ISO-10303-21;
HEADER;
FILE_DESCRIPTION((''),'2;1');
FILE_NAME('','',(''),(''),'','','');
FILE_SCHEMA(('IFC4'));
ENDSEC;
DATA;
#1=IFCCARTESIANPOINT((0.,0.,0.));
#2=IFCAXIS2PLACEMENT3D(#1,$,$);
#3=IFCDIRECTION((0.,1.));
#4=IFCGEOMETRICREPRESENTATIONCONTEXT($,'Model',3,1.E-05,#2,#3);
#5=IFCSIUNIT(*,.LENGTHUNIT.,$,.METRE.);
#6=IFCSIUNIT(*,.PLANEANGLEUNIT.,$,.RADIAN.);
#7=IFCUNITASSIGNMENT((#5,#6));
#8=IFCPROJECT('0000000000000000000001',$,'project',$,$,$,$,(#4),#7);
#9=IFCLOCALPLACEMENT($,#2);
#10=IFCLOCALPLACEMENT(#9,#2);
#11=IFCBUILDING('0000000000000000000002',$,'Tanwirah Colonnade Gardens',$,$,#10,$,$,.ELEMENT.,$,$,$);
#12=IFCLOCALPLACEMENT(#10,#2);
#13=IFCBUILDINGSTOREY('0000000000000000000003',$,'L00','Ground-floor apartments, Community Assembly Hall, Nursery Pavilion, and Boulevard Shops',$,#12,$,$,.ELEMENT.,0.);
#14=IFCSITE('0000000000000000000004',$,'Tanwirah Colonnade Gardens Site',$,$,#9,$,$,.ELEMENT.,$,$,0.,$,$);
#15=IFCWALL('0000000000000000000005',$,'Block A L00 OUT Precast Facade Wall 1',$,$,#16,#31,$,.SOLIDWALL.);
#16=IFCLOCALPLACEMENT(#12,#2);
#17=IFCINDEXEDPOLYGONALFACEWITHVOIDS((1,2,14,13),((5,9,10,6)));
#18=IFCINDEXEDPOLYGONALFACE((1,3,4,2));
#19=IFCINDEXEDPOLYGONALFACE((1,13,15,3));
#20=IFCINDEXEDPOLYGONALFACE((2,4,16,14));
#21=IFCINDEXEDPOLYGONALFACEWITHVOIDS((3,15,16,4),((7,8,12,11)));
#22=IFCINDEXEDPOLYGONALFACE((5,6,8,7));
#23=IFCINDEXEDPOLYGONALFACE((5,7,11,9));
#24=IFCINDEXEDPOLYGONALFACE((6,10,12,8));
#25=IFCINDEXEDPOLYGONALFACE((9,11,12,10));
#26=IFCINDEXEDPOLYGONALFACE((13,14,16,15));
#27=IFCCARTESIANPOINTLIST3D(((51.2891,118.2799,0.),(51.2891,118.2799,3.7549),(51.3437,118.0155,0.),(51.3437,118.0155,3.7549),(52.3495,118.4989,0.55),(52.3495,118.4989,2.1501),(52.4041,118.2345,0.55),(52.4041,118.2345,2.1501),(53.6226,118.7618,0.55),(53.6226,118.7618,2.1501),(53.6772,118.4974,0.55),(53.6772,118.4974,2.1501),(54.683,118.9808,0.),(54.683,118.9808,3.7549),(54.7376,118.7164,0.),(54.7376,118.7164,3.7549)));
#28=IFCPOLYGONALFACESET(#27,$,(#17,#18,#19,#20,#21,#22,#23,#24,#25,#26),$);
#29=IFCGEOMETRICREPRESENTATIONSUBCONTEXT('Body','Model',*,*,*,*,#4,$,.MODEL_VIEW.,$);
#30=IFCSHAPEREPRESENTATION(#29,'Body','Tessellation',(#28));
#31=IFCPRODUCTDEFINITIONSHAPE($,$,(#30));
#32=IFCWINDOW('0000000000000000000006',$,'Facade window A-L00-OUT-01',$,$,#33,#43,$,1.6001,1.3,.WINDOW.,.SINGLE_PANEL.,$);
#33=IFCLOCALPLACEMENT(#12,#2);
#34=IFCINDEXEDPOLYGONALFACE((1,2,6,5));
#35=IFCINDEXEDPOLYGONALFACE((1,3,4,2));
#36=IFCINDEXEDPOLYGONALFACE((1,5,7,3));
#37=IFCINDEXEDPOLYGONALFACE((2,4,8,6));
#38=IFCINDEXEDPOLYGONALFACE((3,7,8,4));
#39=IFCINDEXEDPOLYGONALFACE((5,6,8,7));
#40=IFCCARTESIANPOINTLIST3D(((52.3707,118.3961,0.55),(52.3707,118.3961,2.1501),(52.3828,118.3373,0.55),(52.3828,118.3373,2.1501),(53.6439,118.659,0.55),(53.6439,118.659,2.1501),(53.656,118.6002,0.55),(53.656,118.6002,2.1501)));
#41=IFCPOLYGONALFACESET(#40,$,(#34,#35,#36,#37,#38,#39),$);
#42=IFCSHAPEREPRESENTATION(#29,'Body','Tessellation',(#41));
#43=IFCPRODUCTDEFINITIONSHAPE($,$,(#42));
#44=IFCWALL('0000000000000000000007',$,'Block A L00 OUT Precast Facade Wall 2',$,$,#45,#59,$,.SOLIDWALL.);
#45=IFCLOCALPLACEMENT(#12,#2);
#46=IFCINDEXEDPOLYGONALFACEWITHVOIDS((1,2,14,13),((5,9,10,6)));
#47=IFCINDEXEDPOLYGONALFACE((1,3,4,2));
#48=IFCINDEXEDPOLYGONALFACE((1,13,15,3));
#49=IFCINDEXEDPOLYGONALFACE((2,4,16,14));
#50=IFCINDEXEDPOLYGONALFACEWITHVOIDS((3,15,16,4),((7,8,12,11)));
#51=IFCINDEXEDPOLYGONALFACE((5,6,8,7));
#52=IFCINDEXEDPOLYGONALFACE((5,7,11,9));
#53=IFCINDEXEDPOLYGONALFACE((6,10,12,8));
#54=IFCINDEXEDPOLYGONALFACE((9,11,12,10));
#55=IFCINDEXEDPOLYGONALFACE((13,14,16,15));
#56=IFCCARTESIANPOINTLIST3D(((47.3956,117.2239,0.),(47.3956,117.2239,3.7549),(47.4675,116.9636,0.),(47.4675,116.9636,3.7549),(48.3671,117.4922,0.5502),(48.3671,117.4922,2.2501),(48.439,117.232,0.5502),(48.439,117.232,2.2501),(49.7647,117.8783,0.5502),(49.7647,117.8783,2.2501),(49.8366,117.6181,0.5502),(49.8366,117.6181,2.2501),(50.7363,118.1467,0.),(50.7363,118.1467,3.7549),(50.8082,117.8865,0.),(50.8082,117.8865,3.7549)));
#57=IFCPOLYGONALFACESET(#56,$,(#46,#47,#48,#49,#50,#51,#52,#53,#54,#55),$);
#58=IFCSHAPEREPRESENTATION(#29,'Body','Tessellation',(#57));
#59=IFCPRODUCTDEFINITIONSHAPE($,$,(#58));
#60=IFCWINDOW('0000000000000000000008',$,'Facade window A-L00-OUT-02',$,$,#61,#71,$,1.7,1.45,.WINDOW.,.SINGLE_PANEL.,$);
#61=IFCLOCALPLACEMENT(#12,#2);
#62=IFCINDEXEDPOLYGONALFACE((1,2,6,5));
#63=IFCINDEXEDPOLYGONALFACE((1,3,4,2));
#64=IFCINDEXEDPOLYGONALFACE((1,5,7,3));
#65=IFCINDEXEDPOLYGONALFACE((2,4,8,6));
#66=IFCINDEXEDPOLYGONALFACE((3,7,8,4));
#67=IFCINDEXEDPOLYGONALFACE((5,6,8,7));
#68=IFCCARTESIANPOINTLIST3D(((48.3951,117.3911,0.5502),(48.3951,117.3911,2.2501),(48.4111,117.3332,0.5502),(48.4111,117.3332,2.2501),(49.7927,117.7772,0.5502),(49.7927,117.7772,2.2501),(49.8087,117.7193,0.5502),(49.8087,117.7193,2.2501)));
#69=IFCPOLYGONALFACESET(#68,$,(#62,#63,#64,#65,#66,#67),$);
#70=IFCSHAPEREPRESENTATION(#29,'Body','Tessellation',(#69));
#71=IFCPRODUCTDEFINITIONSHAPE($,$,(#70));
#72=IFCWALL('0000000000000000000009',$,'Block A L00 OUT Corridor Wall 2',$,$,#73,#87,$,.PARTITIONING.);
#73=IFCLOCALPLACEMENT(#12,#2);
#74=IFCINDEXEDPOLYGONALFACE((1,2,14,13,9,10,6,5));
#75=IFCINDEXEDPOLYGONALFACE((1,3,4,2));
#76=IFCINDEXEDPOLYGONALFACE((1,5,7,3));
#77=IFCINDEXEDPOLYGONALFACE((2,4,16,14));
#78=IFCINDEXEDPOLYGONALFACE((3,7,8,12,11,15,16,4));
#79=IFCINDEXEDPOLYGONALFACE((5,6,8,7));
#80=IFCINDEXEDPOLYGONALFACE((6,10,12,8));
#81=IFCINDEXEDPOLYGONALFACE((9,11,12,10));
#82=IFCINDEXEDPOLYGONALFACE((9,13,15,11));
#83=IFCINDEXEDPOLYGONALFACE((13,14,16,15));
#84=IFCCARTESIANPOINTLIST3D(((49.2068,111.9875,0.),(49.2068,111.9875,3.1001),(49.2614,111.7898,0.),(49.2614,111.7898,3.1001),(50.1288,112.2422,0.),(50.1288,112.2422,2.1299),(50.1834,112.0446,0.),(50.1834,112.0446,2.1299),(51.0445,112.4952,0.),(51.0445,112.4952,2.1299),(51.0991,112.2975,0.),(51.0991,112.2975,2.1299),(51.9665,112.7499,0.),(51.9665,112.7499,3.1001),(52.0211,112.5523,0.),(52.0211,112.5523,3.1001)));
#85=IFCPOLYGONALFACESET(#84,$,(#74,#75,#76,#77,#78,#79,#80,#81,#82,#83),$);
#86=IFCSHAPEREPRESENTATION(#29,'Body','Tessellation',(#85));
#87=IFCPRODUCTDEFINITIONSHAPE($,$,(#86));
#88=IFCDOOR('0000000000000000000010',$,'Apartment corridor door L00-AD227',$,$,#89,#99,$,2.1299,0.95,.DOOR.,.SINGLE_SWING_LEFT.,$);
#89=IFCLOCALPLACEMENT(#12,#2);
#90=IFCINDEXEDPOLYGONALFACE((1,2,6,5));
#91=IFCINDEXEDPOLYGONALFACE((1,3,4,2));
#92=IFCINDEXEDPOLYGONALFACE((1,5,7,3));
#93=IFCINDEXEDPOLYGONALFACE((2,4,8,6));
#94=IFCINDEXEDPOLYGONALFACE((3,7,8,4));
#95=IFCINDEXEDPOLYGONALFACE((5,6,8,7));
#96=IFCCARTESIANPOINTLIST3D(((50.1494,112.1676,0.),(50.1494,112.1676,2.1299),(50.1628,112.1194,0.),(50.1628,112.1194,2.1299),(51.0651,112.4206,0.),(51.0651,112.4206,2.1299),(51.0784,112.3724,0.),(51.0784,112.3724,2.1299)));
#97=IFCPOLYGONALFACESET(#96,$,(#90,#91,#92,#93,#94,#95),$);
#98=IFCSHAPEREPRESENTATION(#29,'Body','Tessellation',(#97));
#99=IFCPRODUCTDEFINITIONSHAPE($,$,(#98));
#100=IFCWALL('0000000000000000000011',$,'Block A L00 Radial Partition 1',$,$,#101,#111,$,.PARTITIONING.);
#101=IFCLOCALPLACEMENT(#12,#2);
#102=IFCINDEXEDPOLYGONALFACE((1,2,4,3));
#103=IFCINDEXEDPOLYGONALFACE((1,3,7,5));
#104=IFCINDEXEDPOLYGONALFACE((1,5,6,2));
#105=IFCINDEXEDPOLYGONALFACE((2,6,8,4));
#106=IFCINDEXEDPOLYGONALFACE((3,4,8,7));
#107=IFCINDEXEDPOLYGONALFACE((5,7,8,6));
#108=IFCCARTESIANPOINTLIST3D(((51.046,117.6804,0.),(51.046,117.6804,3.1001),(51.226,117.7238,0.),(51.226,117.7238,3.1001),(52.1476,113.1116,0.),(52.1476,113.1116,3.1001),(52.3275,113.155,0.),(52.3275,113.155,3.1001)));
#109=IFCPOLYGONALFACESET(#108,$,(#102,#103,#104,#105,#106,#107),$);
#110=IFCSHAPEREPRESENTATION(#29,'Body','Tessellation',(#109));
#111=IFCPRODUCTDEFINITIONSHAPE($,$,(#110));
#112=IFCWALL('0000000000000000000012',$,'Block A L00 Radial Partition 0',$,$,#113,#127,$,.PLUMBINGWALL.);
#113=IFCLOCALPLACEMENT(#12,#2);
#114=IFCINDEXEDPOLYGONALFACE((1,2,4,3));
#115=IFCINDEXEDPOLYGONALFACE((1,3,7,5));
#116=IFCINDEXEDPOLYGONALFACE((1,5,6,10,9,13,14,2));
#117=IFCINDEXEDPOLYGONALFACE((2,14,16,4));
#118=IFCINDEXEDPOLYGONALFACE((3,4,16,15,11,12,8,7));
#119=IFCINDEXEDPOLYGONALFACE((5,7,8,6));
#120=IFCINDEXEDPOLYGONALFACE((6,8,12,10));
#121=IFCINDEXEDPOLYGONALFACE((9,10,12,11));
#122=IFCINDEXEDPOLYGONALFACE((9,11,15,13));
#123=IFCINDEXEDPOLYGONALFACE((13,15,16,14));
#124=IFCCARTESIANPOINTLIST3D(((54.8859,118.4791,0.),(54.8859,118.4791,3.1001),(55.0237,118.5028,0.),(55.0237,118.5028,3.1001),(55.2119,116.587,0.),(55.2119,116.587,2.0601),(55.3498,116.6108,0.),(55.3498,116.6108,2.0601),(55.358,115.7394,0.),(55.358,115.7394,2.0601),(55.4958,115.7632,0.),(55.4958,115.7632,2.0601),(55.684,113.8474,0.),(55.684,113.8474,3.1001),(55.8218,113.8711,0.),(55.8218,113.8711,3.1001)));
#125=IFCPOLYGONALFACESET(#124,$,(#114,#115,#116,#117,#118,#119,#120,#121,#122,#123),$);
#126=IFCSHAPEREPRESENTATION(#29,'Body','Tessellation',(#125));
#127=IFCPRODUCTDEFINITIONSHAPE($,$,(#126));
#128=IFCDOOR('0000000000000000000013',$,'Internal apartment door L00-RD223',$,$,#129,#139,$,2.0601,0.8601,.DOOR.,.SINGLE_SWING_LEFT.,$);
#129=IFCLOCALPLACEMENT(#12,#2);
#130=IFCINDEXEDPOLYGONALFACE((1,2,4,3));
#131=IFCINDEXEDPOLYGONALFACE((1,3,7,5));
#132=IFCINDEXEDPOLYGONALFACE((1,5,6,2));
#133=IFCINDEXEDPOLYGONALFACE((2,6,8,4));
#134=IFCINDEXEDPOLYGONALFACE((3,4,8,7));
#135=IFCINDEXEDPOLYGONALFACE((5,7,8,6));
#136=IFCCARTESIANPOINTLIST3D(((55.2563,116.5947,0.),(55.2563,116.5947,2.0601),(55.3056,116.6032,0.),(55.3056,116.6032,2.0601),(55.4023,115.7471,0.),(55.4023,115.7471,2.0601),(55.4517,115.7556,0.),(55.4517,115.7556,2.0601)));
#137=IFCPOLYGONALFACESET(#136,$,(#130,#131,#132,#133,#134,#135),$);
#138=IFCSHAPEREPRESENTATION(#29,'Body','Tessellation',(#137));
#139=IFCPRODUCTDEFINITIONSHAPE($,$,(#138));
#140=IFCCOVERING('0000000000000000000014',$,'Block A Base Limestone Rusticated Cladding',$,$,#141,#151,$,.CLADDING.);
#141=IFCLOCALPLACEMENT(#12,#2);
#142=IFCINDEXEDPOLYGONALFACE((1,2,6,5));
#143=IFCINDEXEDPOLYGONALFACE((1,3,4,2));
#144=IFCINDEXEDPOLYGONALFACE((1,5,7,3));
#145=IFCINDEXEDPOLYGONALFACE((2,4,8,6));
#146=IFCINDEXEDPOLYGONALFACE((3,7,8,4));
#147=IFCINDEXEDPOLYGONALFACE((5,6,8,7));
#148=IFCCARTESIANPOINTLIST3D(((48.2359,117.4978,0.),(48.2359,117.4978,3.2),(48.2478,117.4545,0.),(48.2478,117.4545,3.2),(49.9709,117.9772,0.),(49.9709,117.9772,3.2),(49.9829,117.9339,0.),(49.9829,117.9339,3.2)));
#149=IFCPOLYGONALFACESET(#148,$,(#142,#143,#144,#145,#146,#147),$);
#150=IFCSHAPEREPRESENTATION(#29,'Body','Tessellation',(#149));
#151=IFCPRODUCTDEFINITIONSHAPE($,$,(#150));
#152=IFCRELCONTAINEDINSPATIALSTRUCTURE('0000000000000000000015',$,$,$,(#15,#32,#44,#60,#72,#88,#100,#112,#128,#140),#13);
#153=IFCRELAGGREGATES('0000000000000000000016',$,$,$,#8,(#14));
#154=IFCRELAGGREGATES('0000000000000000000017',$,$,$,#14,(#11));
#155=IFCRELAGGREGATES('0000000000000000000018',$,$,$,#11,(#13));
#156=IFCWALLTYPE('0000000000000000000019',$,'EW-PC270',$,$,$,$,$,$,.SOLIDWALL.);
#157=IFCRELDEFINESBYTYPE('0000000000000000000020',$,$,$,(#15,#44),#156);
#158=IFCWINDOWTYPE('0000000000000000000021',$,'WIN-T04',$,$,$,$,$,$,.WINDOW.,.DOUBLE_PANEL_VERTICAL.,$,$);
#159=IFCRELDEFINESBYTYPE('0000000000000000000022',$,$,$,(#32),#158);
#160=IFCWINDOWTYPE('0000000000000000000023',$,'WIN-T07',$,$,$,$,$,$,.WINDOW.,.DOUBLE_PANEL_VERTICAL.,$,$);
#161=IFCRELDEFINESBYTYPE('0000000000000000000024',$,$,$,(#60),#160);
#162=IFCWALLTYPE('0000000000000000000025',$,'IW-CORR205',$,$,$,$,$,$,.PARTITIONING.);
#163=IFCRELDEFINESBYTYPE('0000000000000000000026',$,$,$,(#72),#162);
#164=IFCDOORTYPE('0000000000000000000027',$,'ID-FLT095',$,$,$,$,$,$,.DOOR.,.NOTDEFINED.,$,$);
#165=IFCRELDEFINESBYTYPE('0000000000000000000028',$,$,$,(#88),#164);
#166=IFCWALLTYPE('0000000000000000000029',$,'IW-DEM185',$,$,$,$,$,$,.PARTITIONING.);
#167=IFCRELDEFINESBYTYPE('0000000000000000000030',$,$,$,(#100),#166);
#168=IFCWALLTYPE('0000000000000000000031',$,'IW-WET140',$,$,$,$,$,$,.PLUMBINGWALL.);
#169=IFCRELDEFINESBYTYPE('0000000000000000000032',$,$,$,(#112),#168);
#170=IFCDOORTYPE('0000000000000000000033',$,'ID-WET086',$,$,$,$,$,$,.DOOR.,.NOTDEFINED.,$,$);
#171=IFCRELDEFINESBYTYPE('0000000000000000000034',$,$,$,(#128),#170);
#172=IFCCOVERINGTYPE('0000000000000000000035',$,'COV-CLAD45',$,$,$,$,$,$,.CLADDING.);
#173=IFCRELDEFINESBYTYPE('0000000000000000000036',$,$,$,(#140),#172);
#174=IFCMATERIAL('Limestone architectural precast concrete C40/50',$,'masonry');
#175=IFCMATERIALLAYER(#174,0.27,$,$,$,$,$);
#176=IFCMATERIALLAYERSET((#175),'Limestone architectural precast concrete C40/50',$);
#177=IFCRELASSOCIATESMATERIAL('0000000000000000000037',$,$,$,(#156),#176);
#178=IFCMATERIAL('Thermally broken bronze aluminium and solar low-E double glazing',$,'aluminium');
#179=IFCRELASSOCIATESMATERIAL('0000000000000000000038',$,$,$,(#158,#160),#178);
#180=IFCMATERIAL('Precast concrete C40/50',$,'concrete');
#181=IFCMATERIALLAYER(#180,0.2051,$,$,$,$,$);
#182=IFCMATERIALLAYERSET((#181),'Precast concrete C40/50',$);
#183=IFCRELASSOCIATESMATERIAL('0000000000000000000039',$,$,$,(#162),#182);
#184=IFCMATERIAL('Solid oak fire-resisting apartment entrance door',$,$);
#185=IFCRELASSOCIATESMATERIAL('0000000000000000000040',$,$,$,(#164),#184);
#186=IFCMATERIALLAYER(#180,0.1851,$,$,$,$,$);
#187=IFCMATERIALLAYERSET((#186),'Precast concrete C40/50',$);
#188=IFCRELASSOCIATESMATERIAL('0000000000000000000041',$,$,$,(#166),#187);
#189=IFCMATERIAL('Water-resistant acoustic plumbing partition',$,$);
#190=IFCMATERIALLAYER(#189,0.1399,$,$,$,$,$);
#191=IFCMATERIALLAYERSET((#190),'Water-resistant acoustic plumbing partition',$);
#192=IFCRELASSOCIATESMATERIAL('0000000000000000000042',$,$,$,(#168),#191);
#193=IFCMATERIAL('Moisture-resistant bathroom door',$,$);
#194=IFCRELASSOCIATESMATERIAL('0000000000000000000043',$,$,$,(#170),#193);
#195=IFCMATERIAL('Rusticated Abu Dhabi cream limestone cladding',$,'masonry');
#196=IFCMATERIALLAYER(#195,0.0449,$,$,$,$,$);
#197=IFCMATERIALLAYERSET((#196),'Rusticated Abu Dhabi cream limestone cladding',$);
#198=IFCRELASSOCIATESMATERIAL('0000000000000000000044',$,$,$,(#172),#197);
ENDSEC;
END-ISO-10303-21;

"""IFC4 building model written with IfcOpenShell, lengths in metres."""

from ifc_helpers import new_model, si_unit, direction, frame, frame_2d, origin, origin_2d, place, context, subcontext, project, spatial, rectangle, extrude, material, layer, layer_set, type_object, element, fill, save


model = new_model("IFC4")

# Units and contexts
model_context = context("Model", 3, precision=1e-05, world=origin(), true_north=direction((0.0, 1.0)))
body_context = subcontext(model_context, "Body", "Model", "MODEL_VIEW")
ifc_project = project(units=[si_unit("LENGTHUNIT", "METRE"), si_unit("PLANEANGLEUNIT", "RADIAN")], contexts=[model_context])

# Site, building, storey
site_placement = place(None, origin())
site = spatial("IfcSite", under=ifc_project, at=site_placement, Name="Tanwirah Colonnade Gardens Site", CompositionType="ELEMENT", RefElevation=0.0)
building_placement = place(site_placement, origin())
building = spatial("IfcBuilding", under=site, at=building_placement, Name="Tanwirah Colonnade Gardens", CompositionType="ELEMENT")
storey_placement = place(building_placement, origin())
storey = spatial("IfcBuildingStorey", under=building, at=storey_placement, Name="L00", Description="Ground-floor apartments, Community Assembly Hall, Nursery Pavilion, and Boulevard Shops", CompositionType="ELEMENT", Elevation=0.0)

# Shared definitions
ifc_material_1 = material(Name="Precast concrete C40/50", Category="concrete")

# Walls, openings, windows
ifc_material_2 = material(Name="Limestone architectural precast concrete C40/50", Category="masonry")
ifc_layer_1 = layer(ifc_material_2, 0.27)
ifc_layer_set_1 = layer_set([ifc_layer_1], Name="Limestone architectural precast concrete C40/50")
wall_type_1 = type_object("IfcWallType", Name="EW-PC270", PredefinedType="SOLIDWALL", material=ifc_layer_set_1)
wall_1_placement = place(storey_placement, frame((54.7104, 118.8486, 0.0), z_axis=(0.0, 0.0, 1.0), x_axis=(-0.979334, -0.202249, 0.0)))
wall_1 = element("IfcWall", 1, at=wall_1_placement, inside=storey, type_object=wall_type_1, Name="Block A L00 OUT Precast Facade Wall 1", PredefinedType="SOLIDWALL", context=body_context, shape_type="SweptSolid", body=[
    extrude(rectangle(XDim=3.4656, YDim=0.27, at=frame_2d((1.7329, 0.0))), origin(), (0.0, 0.0, 1.0), 3.7549),
])
opening_1_placement = place(wall_1_placement, frame((1.083, 0.0, 0.55)))
opening_1 = element("IfcOpeningElement", 2, at=opening_1_placement, cuts=wall_1, PredefinedType="OPENING", context=body_context, shape_type="SweptSolid", body=[
    extrude(rectangle(XDim=1.3, YDim=1.6001, at=frame_2d((0.6499, 0.8))), frame((0.0, 0.145, 0.0), z_axis=(0.0, -1.0, 0.0), x_axis=(1.0, 0.0, 0.0)), (0.0, 0.0, 1.0), 0.29),
])
ifc_material_3 = material(Name="Thermally broken bronze aluminium and solar low-E double glazing", Category="aluminium")
window_type_1 = type_object("IfcWindowType", Name="WIN-T04", PartitioningType="DOUBLE_PANEL_VERTICAL", PredefinedType="WINDOW", material=ifc_material_3)
window_1_placement = place(opening_1_placement, origin())
window_1 = element("IfcWindow", 3, at=window_1_placement, inside=storey, type_object=window_type_1, Name="Facade window A-L00-OUT-01", OverallHeight=1.6001, OverallWidth=1.3, PartitioningType="SINGLE_PANEL", PredefinedType="WINDOW", context=body_context, shape_type="SweptSolid", body=[
    extrude(rectangle(XDim=1.3, YDim=1.6001, at=frame_2d((0.6499, 0.8))), frame((0.0, 0.03, 0.0), z_axis=(0.0, -1.0, 0.0), x_axis=(1.0, 0.0, 0.0)), (0.0, 0.0, 1.0), 0.0601),
])
fill(opening_1, window_1)
wall_2_placement = place(storey_placement, frame((50.7722, 118.0166, 0.0), z_axis=(0.0, 0.0, 1.0), x_axis=(-0.963895, -0.266281, 0.0)))
wall_2 = element("IfcWall", 4, at=wall_2_placement, inside=storey, type_object=wall_type_1, Name="Block A L00 OUT Precast Facade Wall 2", PredefinedType="SOLIDWALL", context=body_context, shape_type="SweptSolid", body=[
    extrude(rectangle(XDim=3.4658, YDim=0.27, at=frame_2d((1.7329, 0.0))), origin(), (0.0, 0.0, 1.0), 3.7549),
])
opening_2_placement = place(wall_2_placement, frame((1.0078, 0.0, 0.55)))
opening_2 = element("IfcOpeningElement", 5, at=opening_2_placement, cuts=wall_2, PredefinedType="OPENING", context=body_context, shape_type="SweptSolid", body=[
    extrude(rectangle(XDim=1.45, YDim=1.7, at=frame_2d((0.7251, 0.8501))), frame((0.0, 0.145, 0.0), z_axis=(0.0, -1.0, 0.0), x_axis=(1.0, 0.0, 0.0)), (0.0, 0.0, 1.0), 0.29),
])
window_type_2 = type_object("IfcWindowType", Name="WIN-T07", PartitioningType="DOUBLE_PANEL_VERTICAL", PredefinedType="WINDOW", material=ifc_material_3)
window_2_placement = place(opening_2_placement, origin())
window_2 = element("IfcWindow", 6, at=window_2_placement, inside=storey, type_object=window_type_2, Name="Facade window A-L00-OUT-02", OverallHeight=1.7, OverallWidth=1.45, PartitioningType="SINGLE_PANEL", PredefinedType="WINDOW", context=body_context, shape_type="SweptSolid", body=[
    extrude(rectangle(XDim=1.45, YDim=1.7, at=frame_2d((0.7251, 0.8501))), frame((0.0, 0.03, 0.0), z_axis=(0.0, -1.0, 0.0), x_axis=(1.0, 0.0, 0.0)), (0.0, 0.0, 1.0), 0.0601),
])
fill(opening_2, window_2)

# Wall, opening, door
ifc_layer_2 = layer(ifc_material_1, 0.2051)
ifc_layer_set_2 = layer_set([ifc_layer_2], Name="Precast concrete C40/50")
wall_type_2 = type_object("IfcWallType", Name="IW-CORR205", PredefinedType="PARTITIONING", material=ifc_layer_set_2)
ifc_material_4 = material(Name="Solid oak fire-resisting apartment entrance door")
wall_3_placement = place(storey_placement, frame((51.9939, 112.6511, 0.0), z_axis=(0.0, 0.0, 1.0), x_axis=(-0.963891, -0.266298, 0.0)))
wall_3 = element("IfcWall", 7, at=wall_3_placement, inside=storey, type_object=wall_type_2, Name="Block A L00 OUT Corridor Wall 2", PredefinedType="PARTITIONING", context=body_context, shape_type="SweptSolid", body=[
    extrude(rectangle(XDim=2.863, YDim=0.2051, at=frame_2d((1.4316, 0.0))), origin(), (0.0, 0.0, 1.0), 3.1001),
])
opening_3_placement = place(wall_3_placement, frame((0.9565, 0.0, 0.0)))
opening_3 = element("IfcOpeningElement", 8, at=opening_3_placement, cuts=wall_3, PredefinedType="OPENING", context=body_context, shape_type="SweptSolid", body=[
    extrude(rectangle(XDim=0.95, YDim=2.1299, at=frame_2d((0.4751, 1.0649))), frame((0.0, 0.1125, 0.0), z_axis=(0.0, -1.0, 0.0), x_axis=(1.0, 0.0, 0.0)), (0.0, 0.0, 1.0), 0.2251),
])
door_type_1 = type_object("IfcDoorType", Name="ID-FLT095", OperationType="NOTDEFINED", PredefinedType="DOOR", material=ifc_material_4)
door_1_placement = place(opening_3_placement, origin())
door_1 = element("IfcDoor", 9, at=door_1_placement, inside=storey, type_object=door_type_1, Name="Apartment corridor door L00-AD227", OperationType="SINGLE_SWING_LEFT", OverallHeight=2.1299, OverallWidth=0.95, PredefinedType="DOOR", context=body_context, shape_type="SweptSolid", body=[
    extrude(rectangle(XDim=0.95, YDim=2.1299, at=frame_2d((0.4751, 1.0649))), frame((0.0, 0.0249, 0.0), z_axis=(0.0, -1.0, 0.0), x_axis=(1.0, 0.0, 0.0)), (0.0, 0.0, 1.0), 0.05),
])
fill(opening_3, door_1)

# Wall
ifc_layer_3 = layer(ifc_material_1, 0.1851)
ifc_layer_set_3 = layer_set([ifc_layer_3], Name="Precast concrete C40/50")
wall_type_3 = type_object("IfcWallType", Name="IW-DEM185", PredefinedType="PARTITIONING", material=ifc_layer_set_3)
wall_4_placement = place(storey_placement, frame((52.2375, 113.1333, 0.0), z_axis=(0.0, 0.0, 1.0), x_axis=(-0.234387, 0.972143, 0.0)))
element("IfcWall", 10, at=wall_4_placement, inside=storey, type_object=wall_type_3, Name="Block A L00 Radial Partition 1", PredefinedType="PARTITIONING", context=body_context, shape_type="SweptSolid", body=[
    extrude(rectangle(XDim=4.6997, YDim=0.1851, at=frame_2d((2.3499, 0.0))), origin(), (0.0, 0.0, 1.0), 3.1001),
])

# Wall, opening, door
ifc_material_5 = material(Name="Water-resistant acoustic plumbing partition")
ifc_layer_4 = layer(ifc_material_5, 0.1399)
ifc_layer_set_4 = layer_set([ifc_layer_4], Name="Water-resistant acoustic plumbing partition")
wall_type_4 = type_object("IfcWallType", Name="IW-WET140", PredefinedType="PLUMBINGWALL", material=ifc_layer_set_4)
wall_5_placement = place(storey_placement, frame((55.7529, 113.8591, 0.0), z_axis=(0.0, 0.0, 1.0), x_axis=(-0.169813, 0.985476, 0.0)))
wall_5 = element("IfcWall", 11, at=wall_5_placement, inside=storey, type_object=wall_type_4, Name="Block A L00 Radial Partition 0", PredefinedType="PLUMBINGWALL", context=body_context, shape_type="SweptSolid", body=[
    extrude(rectangle(XDim=4.7, YDim=0.1399, at=frame_2d((2.3501, 0.0))), origin(), (0.0, 0.0, 1.0), 3.1001),
])
opening_4_placement = place(wall_5_placement, frame((1.9199, 0.0, 0.0)))
opening_4 = element("IfcOpeningElement", 12, at=opening_4_placement, cuts=wall_5, PredefinedType="OPENING", context=body_context, shape_type="SweptSolid", body=[
    extrude(rectangle(XDim=0.8601, YDim=2.0601, at=frame_2d((0.4302, 1.03))), frame((0.0, 0.0798, 0.0), z_axis=(0.0, -1.0, 0.0), x_axis=(1.0, 0.0, 0.0)), (0.0, 0.0, 1.0), 0.1599),
])
ifc_material_6 = material(Name="Moisture-resistant bathroom door")
door_type_2 = type_object("IfcDoorType", Name="ID-WET086", OperationType="NOTDEFINED", PredefinedType="DOOR", material=ifc_material_6)
door_2_placement = place(opening_4_placement, origin())
door_2 = element("IfcDoor", 13, at=door_2_placement, inside=storey, type_object=door_type_2, Name="Internal apartment door L00-RD223", OperationType="SINGLE_SWING_LEFT", OverallHeight=2.0601, OverallWidth=0.8601, PredefinedType="DOOR", context=body_context, shape_type="SweptSolid", body=[
    extrude(rectangle(XDim=0.8601, YDim=2.0601, at=frame_2d((0.4302, 1.03))), frame((0.0, 0.0249, 0.0), z_axis=(0.0, -1.0, 0.0), x_axis=(1.0, 0.0, 0.0)), (0.0, 0.0, 1.0), 0.05),
])
fill(opening_4, door_2)

# Covering
ifc_material_7 = material(Name="Rusticated Abu Dhabi cream limestone cladding", Category="masonry")
ifc_layer_5 = layer(ifc_material_7, 0.0449)
ifc_layer_set_5 = layer_set([ifc_layer_5], Name="Rusticated Abu Dhabi cream limestone cladding")
covering_type = type_object("IfcCoveringType", Name="COV-CLAD45", PredefinedType="CLADDING", material=ifc_layer_set_5)
covering_placement = place(storey_placement, frame((49.1094, 117.7158, 0.0), z_axis=(0.0, 0.0, 1.0), x_axis=(-0.963889, -0.266304, 0.0)))
element("IfcCovering", 14, at=covering_placement, inside=storey, type_object=covering_type, Name="Block A Base Limestone Rusticated Cladding", PredefinedType="CLADDING", context=body_context, shape_type="SweptSolid", body=[
    extrude(rectangle(XDim=1.8, YDim=0.0449, at=origin_2d()), origin(), (0.0, 0.0, 1.0), 3.2),
])

save(model, "model.ifc")
